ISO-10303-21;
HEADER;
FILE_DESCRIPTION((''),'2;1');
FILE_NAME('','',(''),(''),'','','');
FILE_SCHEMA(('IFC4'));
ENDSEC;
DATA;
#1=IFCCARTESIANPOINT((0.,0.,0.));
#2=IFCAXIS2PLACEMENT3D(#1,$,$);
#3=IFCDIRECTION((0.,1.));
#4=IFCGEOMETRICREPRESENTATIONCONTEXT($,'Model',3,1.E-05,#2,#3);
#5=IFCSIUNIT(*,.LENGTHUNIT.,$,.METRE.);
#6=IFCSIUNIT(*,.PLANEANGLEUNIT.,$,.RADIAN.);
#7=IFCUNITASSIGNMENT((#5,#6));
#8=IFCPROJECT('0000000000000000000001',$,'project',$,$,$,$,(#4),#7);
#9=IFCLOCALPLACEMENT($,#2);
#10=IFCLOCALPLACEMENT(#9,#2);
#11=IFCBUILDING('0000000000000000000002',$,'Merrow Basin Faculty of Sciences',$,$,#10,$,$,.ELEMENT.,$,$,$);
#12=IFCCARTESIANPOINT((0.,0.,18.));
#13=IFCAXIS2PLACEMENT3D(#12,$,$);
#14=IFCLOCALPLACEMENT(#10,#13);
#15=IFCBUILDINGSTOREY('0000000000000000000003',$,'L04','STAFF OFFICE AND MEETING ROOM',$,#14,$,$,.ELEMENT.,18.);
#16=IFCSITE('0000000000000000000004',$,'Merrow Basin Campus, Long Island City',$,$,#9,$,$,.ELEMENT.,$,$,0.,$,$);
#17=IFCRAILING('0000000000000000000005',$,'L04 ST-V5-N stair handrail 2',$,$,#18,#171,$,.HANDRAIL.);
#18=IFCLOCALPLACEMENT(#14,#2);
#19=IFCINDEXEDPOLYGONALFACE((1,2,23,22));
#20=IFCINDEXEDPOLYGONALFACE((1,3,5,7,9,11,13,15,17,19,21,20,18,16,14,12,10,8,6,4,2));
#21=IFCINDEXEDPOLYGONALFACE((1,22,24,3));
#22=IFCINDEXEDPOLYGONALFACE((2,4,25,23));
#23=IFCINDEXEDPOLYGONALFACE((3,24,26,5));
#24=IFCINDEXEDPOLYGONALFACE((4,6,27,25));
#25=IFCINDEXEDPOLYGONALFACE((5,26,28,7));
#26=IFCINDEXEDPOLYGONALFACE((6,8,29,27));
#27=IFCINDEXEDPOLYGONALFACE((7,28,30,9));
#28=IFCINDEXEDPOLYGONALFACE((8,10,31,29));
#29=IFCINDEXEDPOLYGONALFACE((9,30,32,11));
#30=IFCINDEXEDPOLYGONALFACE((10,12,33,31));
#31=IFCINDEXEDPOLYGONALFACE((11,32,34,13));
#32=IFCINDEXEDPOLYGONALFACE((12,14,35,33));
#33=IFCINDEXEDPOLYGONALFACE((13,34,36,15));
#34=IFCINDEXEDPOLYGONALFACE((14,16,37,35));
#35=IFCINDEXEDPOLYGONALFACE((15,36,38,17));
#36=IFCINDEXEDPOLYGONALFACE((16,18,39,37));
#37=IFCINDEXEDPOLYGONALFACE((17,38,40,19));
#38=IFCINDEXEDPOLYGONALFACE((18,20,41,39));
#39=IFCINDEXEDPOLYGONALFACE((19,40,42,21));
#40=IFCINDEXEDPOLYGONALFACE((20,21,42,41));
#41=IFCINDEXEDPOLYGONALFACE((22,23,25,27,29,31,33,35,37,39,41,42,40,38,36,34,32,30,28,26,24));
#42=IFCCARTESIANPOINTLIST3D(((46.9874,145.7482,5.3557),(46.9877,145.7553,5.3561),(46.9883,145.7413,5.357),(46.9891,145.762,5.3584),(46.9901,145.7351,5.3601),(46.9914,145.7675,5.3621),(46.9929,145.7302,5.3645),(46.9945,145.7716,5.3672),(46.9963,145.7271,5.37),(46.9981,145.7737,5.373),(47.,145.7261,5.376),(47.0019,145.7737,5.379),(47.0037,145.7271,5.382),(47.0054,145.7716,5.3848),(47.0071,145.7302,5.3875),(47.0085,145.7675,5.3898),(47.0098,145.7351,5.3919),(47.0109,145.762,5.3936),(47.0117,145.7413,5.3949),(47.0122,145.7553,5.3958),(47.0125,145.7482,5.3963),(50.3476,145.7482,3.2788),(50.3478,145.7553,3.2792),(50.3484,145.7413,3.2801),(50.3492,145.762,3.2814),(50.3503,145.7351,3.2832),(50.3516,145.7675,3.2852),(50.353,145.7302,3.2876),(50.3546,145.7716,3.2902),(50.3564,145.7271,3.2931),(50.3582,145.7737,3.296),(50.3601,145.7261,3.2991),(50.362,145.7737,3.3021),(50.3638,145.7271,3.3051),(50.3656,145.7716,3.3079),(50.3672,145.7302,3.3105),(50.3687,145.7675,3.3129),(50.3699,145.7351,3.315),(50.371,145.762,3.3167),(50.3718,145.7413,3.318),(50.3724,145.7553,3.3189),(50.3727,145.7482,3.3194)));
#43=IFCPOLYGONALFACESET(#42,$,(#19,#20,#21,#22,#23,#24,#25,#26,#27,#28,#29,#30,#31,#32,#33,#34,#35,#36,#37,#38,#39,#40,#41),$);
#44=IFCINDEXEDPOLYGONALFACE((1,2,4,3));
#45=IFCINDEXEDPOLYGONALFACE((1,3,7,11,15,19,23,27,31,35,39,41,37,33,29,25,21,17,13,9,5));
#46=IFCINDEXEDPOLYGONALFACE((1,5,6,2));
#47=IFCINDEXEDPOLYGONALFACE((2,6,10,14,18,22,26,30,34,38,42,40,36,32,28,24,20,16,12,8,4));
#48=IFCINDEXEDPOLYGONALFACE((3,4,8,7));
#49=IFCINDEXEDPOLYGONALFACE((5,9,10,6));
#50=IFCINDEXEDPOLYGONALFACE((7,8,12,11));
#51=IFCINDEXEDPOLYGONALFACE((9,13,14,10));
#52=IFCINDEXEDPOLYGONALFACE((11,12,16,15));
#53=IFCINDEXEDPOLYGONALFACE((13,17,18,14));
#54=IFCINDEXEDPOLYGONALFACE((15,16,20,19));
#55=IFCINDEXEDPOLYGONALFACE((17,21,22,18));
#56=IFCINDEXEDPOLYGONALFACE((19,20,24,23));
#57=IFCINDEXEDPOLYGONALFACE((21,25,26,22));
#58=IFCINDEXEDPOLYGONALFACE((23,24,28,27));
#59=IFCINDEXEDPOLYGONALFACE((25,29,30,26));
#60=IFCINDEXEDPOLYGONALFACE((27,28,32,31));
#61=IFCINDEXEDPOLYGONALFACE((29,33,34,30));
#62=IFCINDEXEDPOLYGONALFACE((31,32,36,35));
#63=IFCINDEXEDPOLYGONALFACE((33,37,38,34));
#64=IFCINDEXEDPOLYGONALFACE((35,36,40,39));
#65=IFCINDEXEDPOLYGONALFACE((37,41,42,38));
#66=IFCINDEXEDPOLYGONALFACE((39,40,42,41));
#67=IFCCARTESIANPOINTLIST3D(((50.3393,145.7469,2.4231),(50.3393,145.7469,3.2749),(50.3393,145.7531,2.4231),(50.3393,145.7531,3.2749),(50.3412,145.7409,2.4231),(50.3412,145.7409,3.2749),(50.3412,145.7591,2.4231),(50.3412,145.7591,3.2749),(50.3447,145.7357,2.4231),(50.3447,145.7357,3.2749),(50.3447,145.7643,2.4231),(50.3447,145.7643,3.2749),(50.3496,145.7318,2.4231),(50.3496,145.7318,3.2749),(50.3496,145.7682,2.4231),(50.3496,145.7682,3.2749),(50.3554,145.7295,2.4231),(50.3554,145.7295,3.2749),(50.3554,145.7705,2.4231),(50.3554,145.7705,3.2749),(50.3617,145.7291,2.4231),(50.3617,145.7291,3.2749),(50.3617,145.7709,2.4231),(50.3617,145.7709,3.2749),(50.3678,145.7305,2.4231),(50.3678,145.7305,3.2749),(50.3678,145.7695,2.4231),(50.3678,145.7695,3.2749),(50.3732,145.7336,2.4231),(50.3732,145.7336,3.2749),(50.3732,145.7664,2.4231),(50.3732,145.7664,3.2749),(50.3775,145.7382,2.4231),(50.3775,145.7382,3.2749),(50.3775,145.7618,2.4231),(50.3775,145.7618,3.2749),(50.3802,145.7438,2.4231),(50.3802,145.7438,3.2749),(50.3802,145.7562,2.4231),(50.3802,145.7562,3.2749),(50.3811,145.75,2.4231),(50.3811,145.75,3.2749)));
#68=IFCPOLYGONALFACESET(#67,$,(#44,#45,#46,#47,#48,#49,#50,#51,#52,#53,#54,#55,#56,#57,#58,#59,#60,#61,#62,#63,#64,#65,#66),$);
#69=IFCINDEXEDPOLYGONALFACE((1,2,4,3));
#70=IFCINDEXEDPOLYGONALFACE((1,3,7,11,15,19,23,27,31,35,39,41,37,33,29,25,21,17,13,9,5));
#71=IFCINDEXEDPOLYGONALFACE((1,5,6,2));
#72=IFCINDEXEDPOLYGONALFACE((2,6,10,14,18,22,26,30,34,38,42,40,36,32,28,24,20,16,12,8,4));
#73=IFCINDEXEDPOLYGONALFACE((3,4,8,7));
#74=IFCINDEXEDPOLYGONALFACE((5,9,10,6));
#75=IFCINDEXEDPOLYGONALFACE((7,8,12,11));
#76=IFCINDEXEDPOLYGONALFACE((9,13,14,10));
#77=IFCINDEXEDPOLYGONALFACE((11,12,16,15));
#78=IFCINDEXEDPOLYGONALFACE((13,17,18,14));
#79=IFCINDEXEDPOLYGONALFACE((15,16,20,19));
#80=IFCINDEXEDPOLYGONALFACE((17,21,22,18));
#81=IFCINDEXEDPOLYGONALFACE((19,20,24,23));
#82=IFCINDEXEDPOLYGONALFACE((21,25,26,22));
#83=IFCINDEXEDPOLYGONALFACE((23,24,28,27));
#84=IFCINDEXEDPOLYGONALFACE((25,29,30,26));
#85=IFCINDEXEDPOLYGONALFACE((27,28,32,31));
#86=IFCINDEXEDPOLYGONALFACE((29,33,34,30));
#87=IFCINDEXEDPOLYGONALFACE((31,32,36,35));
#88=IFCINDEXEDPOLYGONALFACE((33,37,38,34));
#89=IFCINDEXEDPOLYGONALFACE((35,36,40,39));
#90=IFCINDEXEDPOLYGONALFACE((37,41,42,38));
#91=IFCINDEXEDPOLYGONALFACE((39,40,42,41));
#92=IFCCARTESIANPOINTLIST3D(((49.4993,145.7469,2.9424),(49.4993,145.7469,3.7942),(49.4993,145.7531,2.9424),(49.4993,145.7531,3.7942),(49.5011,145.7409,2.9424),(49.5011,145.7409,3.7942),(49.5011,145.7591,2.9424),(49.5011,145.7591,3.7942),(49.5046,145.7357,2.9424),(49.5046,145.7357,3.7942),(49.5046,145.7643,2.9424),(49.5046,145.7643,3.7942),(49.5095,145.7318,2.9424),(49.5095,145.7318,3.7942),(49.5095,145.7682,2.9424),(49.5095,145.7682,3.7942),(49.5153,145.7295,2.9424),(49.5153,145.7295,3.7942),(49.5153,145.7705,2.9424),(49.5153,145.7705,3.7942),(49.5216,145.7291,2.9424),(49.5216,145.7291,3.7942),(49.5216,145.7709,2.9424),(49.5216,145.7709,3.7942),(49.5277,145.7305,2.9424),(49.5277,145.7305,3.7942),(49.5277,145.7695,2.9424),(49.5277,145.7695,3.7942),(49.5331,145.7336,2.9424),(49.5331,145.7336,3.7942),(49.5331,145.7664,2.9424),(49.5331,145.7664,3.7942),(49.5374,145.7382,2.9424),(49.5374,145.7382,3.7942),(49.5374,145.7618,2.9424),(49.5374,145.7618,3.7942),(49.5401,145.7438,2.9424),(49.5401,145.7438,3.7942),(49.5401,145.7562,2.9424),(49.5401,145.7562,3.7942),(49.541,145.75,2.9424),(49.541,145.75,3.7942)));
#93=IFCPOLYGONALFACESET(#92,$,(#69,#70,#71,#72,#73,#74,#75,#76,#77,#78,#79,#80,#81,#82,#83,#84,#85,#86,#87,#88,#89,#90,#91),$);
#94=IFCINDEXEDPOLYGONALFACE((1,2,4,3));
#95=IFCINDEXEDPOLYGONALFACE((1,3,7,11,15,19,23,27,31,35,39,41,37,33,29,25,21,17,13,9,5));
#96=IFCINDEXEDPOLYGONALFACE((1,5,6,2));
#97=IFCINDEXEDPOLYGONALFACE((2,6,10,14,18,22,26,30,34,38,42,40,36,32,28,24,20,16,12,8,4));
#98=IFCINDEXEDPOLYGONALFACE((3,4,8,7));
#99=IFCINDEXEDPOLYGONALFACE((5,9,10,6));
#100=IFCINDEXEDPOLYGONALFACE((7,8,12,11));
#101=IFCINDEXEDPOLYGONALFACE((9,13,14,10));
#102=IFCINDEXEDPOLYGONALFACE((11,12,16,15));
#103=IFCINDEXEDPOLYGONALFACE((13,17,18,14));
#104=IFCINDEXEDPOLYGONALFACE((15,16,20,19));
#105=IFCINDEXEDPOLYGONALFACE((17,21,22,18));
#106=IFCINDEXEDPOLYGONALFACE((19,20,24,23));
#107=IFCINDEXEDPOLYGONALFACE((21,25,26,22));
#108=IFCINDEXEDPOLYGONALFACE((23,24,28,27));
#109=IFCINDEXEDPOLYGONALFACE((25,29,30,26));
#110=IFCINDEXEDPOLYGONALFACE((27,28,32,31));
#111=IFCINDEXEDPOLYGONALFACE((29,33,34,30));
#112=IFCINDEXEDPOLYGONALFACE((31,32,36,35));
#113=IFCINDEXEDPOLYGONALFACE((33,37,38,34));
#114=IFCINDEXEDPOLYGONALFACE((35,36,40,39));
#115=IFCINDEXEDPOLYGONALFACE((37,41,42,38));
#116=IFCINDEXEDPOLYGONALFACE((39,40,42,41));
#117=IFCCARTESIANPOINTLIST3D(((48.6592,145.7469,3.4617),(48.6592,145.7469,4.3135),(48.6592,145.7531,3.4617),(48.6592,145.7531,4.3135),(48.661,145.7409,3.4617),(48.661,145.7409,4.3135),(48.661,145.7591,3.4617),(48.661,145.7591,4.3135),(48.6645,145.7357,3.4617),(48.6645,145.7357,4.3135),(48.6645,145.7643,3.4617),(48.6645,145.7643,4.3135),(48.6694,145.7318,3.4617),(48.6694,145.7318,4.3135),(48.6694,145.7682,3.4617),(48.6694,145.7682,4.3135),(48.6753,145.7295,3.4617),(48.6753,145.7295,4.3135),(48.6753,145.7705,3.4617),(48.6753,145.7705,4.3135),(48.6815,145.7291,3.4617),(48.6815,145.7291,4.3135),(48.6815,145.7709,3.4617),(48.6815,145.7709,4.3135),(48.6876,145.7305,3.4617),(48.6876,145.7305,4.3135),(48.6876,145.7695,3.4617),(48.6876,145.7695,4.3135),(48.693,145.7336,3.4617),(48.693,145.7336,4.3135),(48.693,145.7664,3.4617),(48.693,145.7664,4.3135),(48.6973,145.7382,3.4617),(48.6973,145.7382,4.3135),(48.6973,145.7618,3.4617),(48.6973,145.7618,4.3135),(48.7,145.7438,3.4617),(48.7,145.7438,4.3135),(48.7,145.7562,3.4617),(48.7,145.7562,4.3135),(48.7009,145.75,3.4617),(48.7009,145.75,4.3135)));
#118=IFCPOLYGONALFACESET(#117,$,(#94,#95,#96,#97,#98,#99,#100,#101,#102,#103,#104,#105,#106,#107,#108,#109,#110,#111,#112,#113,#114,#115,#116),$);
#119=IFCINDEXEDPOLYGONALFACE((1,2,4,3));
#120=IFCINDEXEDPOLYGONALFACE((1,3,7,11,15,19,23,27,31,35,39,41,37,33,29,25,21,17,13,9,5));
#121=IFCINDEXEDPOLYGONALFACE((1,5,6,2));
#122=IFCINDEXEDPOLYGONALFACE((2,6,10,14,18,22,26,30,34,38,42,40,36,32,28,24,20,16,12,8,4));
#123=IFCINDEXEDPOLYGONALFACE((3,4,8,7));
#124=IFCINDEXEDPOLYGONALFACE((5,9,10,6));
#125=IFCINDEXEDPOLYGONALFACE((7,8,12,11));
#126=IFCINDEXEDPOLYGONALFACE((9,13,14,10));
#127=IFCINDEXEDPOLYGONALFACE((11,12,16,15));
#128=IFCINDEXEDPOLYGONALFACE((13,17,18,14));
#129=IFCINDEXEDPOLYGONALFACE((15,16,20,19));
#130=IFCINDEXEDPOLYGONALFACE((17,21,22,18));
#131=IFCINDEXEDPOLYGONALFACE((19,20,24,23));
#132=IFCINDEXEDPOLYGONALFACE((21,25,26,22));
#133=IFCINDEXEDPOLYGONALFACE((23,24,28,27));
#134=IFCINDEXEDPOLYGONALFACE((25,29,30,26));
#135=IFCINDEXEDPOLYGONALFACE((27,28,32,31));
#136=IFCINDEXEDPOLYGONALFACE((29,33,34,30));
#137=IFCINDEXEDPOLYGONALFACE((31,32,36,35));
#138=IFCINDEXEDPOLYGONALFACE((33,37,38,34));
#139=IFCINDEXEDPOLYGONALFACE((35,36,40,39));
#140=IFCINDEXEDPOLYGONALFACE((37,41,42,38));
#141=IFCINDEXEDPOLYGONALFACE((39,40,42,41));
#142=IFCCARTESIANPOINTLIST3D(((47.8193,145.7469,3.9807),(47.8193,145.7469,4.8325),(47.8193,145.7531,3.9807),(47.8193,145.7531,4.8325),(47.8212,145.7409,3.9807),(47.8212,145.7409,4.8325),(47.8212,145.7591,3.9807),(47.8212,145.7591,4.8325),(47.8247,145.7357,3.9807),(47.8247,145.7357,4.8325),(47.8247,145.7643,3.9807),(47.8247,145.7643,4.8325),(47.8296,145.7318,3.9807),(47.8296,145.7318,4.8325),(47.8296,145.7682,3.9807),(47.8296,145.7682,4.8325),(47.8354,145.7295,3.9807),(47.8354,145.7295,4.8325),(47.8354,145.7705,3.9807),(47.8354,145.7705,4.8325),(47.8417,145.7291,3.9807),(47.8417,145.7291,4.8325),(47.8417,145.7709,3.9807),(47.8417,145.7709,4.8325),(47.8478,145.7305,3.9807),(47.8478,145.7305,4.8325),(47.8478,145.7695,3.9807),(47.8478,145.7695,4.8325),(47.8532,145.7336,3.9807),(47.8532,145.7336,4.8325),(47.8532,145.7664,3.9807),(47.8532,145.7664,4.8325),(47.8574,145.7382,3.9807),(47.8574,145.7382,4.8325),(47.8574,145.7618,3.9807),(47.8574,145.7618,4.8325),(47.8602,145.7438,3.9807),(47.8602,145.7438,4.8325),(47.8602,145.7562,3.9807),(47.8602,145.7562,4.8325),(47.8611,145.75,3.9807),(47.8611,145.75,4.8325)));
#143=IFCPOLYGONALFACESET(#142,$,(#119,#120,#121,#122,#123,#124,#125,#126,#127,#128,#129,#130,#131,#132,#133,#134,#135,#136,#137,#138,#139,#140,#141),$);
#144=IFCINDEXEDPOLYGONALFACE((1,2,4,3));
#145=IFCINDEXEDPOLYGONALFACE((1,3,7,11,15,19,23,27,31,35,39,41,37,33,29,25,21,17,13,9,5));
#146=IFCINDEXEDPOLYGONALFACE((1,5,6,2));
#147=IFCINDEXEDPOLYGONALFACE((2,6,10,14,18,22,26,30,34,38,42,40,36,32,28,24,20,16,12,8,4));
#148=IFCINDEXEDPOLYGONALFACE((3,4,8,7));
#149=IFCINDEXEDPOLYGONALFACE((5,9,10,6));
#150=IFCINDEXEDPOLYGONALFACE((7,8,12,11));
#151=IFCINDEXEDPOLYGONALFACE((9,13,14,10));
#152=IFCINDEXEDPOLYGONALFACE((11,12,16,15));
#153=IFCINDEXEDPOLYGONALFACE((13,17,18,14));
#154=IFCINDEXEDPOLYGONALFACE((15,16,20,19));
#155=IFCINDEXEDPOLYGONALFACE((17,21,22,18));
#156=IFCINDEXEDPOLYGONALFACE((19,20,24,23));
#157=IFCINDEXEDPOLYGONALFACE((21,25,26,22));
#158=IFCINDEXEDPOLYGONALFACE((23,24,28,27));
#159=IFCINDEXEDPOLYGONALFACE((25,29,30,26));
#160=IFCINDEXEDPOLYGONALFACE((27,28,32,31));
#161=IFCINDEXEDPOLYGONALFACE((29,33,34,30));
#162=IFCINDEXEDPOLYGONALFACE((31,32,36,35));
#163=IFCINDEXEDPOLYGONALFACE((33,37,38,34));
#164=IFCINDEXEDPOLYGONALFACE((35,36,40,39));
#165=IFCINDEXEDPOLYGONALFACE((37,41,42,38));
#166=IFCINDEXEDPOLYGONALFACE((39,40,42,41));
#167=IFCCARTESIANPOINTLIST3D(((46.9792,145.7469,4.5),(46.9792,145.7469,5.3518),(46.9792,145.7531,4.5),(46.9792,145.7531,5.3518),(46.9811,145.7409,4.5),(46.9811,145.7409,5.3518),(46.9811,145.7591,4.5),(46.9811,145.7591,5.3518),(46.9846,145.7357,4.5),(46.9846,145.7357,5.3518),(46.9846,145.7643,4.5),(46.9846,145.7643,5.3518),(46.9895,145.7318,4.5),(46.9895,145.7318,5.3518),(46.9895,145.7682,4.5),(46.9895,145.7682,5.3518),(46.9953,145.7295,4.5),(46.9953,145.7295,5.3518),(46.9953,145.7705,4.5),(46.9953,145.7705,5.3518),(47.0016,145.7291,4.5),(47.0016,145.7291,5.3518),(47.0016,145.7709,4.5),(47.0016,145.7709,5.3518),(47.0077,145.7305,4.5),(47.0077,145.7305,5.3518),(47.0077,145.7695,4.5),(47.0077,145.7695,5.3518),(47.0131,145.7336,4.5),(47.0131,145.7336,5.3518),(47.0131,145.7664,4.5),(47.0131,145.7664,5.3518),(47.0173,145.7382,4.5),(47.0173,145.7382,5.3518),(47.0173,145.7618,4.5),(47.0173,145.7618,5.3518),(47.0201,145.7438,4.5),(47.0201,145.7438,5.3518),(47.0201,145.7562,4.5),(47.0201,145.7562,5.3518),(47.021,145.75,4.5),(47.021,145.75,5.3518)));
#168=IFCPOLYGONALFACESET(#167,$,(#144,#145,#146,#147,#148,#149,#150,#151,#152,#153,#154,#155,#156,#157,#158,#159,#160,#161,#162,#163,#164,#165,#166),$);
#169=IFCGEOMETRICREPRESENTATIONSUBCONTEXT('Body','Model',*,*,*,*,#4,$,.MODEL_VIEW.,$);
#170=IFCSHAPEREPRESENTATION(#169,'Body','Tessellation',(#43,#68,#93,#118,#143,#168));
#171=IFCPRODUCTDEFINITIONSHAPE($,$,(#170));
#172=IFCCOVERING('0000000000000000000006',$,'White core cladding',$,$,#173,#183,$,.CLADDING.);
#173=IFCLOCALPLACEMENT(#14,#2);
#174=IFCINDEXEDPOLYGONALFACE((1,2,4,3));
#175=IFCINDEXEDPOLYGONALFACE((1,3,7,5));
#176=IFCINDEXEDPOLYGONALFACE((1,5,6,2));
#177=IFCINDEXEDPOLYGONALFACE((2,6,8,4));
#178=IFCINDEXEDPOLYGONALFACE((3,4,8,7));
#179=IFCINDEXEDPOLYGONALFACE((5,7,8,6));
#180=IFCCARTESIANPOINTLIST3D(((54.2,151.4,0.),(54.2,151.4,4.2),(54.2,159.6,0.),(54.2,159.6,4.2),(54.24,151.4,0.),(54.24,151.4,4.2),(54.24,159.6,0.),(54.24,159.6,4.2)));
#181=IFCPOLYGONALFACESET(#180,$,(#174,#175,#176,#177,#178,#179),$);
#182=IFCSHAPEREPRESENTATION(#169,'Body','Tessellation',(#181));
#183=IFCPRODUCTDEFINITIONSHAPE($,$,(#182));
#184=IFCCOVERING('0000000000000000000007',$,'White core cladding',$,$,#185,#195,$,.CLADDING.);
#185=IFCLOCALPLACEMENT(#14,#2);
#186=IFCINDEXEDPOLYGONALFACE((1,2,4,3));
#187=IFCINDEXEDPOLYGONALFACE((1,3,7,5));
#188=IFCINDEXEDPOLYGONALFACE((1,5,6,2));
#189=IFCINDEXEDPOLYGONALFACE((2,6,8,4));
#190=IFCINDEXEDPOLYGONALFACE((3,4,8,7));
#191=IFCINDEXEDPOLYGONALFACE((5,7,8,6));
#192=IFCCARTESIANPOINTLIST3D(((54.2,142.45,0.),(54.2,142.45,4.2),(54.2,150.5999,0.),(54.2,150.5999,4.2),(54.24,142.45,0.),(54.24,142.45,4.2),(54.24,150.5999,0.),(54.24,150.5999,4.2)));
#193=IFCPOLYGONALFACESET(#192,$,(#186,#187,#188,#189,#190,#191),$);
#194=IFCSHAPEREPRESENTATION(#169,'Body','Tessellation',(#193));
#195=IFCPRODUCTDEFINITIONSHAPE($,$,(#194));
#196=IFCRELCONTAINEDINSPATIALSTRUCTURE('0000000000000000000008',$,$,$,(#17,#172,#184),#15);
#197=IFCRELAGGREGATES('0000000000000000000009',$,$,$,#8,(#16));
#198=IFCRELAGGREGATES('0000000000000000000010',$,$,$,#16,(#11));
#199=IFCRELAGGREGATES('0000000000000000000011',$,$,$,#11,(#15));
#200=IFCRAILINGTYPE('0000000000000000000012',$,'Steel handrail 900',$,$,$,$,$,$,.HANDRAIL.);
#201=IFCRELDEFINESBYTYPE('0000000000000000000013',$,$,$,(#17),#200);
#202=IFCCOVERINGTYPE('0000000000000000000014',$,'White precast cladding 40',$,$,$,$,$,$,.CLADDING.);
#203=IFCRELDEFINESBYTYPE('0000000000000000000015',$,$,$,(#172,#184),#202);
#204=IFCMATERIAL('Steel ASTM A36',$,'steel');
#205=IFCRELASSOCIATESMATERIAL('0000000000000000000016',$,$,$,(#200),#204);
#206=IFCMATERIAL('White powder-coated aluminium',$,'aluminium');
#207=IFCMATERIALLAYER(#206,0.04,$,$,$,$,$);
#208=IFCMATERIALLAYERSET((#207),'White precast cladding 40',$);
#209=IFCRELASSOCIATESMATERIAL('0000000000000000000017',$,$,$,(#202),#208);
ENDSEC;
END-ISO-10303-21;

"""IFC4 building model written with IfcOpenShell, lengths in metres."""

from ifc_helpers import new_model, si_unit, direction, frame, origin, origin_2d, place, context, subcontext, project, spatial, rectangle, circle, extrude, material, layer, layer_set, type_object, element, save


model = new_model("IFC4")

# Units and contexts
model_context = context("Model", 3, precision=1e-05, world=origin(), true_north=direction((0.0, 1.0)))
body_context = subcontext(model_context, "Body", "Model", "MODEL_VIEW")
ifc_project = project(units=[si_unit("LENGTHUNIT", "METRE"), si_unit("PLANEANGLEUNIT", "RADIAN")], contexts=[model_context])

# Site, building, storey
site_placement = place(None, origin())
site = spatial("IfcSite", under=ifc_project, at=site_placement, Name="Merrow Basin Campus, Long Island City", CompositionType="ELEMENT", RefElevation=0.0)
building_placement = place(site_placement, origin())
building = spatial("IfcBuilding", under=site, at=building_placement, Name="Merrow Basin Faculty of Sciences", CompositionType="ELEMENT")
storey_placement = place(building_placement, frame((0.0, 0.0, 18.0)))
storey = spatial("IfcBuildingStorey", under=building, at=storey_placement, Name="L04", Description="STAFF OFFICE AND MEETING ROOM", CompositionType="ELEMENT", Elevation=18.0)

# Railing
ifc_material_1 = material(Name="Steel ASTM A36", Category="steel")
railing_type_1 = type_object("IfcRailingType", Name="Steel handrail 900", PredefinedType="HANDRAIL", material=ifc_material_1)
for number, where, name in (
    (1, (50.3601, 145.75, 2.4231), "L04 ST-V5-N stair handrail 2"),
):
    element("IfcRailing", number, at=place(storey_placement, frame(where)), inside=storey, type_object=railing_type_1, Name=name, PredefinedType="HANDRAIL", context=body_context, shape_type="SweptSolid", body=[
        extrude(circle(Radius=0.0239, at=origin_2d()), frame((0.0, 0.0, 0.876), z_axis=(-0.850623, 0.0, 0.525776), x_axis=(0.0, -1.0, 0.0)), (0.0, 0.0, 1.0), 3.9502),
        extrude(circle(Radius=0.021, at=origin_2d()), origin(), (0.0, 0.0, 1.0), 0.8518),
        extrude(circle(Radius=0.021, at=origin_2d()), frame((-0.8401, 0.0, 0.5193)), (0.0, 0.0, 1.0), 0.8518),
        extrude(circle(Radius=0.021, at=origin_2d()), frame((-1.6802, 0.0, 1.0386)), (0.0, 0.0, 1.0), 0.8518),
        extrude(circle(Radius=0.021, at=origin_2d()), frame((-2.52, 0.0, 1.5576)), (0.0, 0.0, 1.0), 0.8518),
        extrude(circle(Radius=0.021, at=origin_2d()), frame((-3.3601, 0.0, 2.0769)), (0.0, 0.0, 1.0), 0.8518),
    ])

# Coverings
ifc_material_2 = material(Name="White powder-coated aluminium", Category="aluminium")
ifc_layer_1 = layer(ifc_material_2, 0.04)
ifc_layer_set_1 = layer_set([ifc_layer_1], Name="White precast cladding 40")
covering_type = type_object("IfcCoveringType", Name="White precast cladding 40", PredefinedType="CLADDING", material=ifc_layer_set_1)
covering_1_placement = place(storey_placement, frame((54.22, 155.5, 0.0), z_axis=(0.0, 0.0, 1.0), x_axis=(1.0, 0.0, 0.0)))
element("IfcCovering", 2, at=covering_1_placement, inside=storey, type_object=covering_type, Name="White core cladding", PredefinedType="CLADDING", context=body_context, shape_type="SweptSolid", body=[
    extrude(rectangle(XDim=0.04, YDim=8.2, at=origin_2d()), origin(), (0.0, 0.0, 1.0), 4.2),
])
covering_2_placement = place(storey_placement, frame((54.22, 146.5249, 0.0), z_axis=(0.0, 0.0, 1.0), x_axis=(1.0, 0.0, 0.0)))
element("IfcCovering", 3, at=covering_2_placement, inside=storey, type_object=covering_type, Name="White core cladding", PredefinedType="CLADDING", context=body_context, shape_type="SweptSolid", body=[
    extrude(rectangle(XDim=0.04, YDim=8.1499, at=origin_2d()), origin(), (0.0, 0.0, 1.0), 4.2),
])

save(model, "model.ifc")
